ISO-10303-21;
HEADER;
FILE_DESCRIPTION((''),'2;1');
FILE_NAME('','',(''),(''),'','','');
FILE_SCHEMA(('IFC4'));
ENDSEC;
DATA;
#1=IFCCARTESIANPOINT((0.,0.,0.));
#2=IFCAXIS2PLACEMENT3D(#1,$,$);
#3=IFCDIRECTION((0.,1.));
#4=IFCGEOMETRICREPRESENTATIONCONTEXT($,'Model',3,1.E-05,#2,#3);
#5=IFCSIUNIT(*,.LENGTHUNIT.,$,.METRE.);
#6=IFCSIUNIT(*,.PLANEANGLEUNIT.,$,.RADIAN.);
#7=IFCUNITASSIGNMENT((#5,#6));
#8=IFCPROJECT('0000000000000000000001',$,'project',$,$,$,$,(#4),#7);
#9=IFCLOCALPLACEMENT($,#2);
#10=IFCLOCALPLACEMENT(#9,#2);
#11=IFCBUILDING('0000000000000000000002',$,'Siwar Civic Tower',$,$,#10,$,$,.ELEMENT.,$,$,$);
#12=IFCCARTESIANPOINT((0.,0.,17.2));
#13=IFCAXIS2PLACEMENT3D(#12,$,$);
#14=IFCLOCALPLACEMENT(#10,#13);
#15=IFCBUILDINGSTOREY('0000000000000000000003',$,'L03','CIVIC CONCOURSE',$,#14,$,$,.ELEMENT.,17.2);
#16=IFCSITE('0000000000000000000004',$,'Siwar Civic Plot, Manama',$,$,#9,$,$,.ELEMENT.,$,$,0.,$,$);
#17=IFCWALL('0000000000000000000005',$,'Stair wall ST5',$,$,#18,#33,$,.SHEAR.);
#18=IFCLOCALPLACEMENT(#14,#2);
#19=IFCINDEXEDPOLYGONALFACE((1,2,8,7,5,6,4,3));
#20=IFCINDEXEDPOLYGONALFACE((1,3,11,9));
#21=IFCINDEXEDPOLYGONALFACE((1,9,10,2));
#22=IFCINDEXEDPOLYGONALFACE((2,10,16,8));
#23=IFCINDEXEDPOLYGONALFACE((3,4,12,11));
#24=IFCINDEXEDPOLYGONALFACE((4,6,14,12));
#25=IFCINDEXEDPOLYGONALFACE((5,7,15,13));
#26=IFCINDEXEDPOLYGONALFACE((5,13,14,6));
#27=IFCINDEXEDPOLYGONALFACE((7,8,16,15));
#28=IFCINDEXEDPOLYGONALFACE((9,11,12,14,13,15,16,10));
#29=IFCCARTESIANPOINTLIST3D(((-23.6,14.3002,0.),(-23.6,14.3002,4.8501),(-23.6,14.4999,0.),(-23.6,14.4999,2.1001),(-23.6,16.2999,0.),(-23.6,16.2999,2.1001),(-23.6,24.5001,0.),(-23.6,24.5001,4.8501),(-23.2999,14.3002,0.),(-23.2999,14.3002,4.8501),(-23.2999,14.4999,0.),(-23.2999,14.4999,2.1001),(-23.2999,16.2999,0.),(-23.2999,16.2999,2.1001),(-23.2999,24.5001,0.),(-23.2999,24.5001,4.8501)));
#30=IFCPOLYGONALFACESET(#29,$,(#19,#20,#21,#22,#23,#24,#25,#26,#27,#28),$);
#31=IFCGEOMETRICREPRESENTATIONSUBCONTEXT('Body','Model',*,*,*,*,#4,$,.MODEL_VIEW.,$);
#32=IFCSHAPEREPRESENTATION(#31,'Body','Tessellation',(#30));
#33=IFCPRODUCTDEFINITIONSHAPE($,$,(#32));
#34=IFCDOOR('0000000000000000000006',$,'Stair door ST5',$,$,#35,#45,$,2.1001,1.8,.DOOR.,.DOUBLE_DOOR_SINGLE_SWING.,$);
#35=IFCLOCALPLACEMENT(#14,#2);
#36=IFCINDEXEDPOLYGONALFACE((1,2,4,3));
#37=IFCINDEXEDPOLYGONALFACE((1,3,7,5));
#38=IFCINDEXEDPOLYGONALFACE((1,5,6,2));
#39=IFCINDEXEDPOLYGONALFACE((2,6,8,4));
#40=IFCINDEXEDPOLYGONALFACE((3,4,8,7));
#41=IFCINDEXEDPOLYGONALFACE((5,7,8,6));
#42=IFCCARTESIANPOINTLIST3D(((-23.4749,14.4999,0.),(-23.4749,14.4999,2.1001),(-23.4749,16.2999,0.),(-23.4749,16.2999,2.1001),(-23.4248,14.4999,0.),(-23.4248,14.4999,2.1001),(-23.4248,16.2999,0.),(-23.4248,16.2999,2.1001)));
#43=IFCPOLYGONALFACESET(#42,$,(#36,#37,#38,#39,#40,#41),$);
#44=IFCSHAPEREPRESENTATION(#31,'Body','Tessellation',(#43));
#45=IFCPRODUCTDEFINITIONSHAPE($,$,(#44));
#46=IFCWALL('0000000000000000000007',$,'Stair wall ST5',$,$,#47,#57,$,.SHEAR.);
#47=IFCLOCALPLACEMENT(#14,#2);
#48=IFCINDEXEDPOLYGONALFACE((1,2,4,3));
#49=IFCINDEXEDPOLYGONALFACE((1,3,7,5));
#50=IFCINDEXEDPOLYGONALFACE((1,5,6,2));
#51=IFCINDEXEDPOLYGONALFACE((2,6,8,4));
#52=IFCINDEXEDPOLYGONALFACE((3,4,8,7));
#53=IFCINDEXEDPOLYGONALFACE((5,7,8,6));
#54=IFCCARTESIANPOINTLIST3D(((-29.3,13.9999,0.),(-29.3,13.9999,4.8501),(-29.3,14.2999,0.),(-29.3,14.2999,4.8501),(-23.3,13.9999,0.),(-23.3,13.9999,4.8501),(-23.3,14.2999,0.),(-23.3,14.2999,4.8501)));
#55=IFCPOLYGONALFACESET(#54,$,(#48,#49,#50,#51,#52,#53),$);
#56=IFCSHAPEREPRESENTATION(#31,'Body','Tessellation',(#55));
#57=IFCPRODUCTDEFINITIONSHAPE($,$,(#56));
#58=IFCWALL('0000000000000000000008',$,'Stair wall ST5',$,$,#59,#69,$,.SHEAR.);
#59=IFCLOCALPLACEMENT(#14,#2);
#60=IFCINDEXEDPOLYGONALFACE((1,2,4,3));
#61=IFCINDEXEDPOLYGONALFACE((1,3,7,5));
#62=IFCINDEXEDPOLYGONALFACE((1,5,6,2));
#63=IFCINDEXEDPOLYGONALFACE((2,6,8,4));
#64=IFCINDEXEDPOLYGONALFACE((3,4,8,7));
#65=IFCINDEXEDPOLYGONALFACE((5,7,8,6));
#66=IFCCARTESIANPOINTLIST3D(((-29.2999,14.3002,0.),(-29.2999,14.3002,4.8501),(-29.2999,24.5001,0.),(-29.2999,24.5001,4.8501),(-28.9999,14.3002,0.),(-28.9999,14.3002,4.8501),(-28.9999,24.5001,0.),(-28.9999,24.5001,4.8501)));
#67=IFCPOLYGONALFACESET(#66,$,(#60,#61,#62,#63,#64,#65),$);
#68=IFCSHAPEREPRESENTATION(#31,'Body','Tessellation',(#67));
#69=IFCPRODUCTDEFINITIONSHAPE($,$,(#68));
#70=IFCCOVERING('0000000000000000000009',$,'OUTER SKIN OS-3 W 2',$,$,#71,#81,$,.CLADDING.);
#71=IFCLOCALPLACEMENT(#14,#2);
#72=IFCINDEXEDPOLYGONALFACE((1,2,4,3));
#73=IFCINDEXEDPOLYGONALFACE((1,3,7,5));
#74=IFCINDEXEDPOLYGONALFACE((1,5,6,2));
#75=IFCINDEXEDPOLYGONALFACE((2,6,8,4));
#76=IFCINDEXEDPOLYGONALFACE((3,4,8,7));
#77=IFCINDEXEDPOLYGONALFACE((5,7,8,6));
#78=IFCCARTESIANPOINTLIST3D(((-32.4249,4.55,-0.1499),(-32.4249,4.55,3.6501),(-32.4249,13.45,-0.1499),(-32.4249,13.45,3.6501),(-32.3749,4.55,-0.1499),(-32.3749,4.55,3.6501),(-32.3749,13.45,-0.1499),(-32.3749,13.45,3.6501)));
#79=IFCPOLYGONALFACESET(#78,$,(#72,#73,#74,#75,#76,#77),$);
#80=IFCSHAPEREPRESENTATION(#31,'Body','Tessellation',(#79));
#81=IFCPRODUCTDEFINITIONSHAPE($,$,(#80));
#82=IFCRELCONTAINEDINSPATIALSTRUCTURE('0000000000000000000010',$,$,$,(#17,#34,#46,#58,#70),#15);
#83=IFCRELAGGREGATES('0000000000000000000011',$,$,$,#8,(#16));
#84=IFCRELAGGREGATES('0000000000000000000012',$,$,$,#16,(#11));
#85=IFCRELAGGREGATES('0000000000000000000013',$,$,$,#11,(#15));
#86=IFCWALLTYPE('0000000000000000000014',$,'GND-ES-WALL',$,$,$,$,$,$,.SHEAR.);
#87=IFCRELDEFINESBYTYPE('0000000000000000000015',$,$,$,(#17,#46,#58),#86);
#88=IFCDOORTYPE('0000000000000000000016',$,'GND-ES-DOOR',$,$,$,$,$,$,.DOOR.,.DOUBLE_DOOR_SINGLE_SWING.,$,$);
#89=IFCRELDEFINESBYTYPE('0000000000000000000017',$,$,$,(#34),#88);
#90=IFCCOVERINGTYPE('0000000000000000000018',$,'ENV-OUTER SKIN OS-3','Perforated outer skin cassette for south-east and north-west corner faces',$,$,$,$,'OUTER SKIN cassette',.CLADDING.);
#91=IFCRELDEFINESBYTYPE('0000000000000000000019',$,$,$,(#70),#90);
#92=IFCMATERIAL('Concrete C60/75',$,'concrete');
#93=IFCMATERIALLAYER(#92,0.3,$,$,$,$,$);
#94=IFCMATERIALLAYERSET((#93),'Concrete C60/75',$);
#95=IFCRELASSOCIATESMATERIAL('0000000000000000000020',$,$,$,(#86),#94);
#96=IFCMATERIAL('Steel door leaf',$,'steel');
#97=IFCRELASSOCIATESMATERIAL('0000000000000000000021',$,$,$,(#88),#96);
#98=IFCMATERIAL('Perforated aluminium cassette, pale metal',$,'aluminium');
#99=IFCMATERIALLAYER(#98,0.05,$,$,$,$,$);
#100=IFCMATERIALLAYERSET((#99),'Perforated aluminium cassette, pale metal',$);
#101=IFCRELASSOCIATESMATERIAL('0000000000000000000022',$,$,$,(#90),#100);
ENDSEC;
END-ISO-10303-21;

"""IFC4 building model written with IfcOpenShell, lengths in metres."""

from ifc_helpers import new_model, si_unit, direction, frame, frame_2d, origin, origin_2d, place, context, subcontext, project, spatial, rectangle, extrude, material, layer, layer_set, type_object, element, fill, save


model = new_model("IFC4")

# Units and contexts
model_context = context("Model", 3, precision=1e-05, world=origin(), true_north=direction((0.0, 1.0)))
body_context = subcontext(model_context, "Body", "Model", "MODEL_VIEW")
ifc_project = project(units=[si_unit("LENGTHUNIT", "METRE"), si_unit("PLANEANGLEUNIT", "RADIAN")], contexts=[model_context])

# Site, building, storey
site_placement = place(None, origin())
site = spatial("IfcSite", under=ifc_project, at=site_placement, Name="Siwar Civic Plot, Manama", CompositionType="ELEMENT", RefElevation=0.0)
building_placement = place(site_placement, origin())
building = spatial("IfcBuilding", under=site, at=building_placement, Name="Siwar Civic Tower", CompositionType="ELEMENT")
storey_placement = place(building_placement, frame((0.0, 0.0, 17.2)))
storey = spatial("IfcBuildingStorey", under=building, at=storey_placement, Name="L03", Description="CIVIC CONCOURSE", CompositionType="ELEMENT", Elevation=17.2)

# Wall, opening, door
ifc_material_1 = material(Name="Concrete C60/75", Category="concrete")
ifc_layer_1 = layer(ifc_material_1, 0.3)
ifc_layer_set_1 = layer_set([ifc_layer_1], Name="Concrete C60/75")
wall_type_1 = type_object("IfcWallType", Name="GND-ES-WALL", PredefinedType="SHEAR", material=ifc_layer_set_1)
wall_1_placement = place(storey_placement, frame((-23.45, 14.3, 0.0), z_axis=(0.0, 0.0, 1.0), x_axis=(0.0, 1.0, 0.0)))
wall_1 = element("IfcWall", 1, at=wall_1_placement, inside=storey, type_object=wall_type_1, Name="Stair wall ST5", PredefinedType="SHEAR", context=body_context, shape_type="SweptSolid", body=[
    extrude(rectangle(XDim=10.2, YDim=0.3, at=frame_2d((5.1001, 0.0))), origin(), (0.0, 0.0, 1.0), 4.8501),
])
opening_1_placement = place(wall_1_placement, frame((0.2, 0.0, 0.0)))
opening_1 = element("IfcOpeningElement", 2, at=opening_1_placement, cuts=wall_1, PredefinedType="OPENING", context=body_context, shape_type="SweptSolid", body=[
    extrude(rectangle(XDim=1.8, YDim=2.1001, at=frame_2d((0.8999, 1.05))), frame((0.0, 0.1602, 0.0), z_axis=(0.0, -1.0, 0.0), x_axis=(1.0, 0.0, 0.0)), (0.0, 0.0, 1.0), 0.3201),
])
ifc_material_2 = material(Name="Steel door leaf", Category="steel")
door_type_1 = type_object("IfcDoorType", Name="GND-ES-DOOR", OperationType="DOUBLE_DOOR_SINGLE_SWING", PredefinedType="DOOR", material=ifc_material_2)
door_1_placement = place(opening_1_placement, origin())
door_1 = element("IfcDoor", 3, at=door_1_placement, inside=storey, type_object=door_type_1, Name="Stair door ST5", OperationType="DOUBLE_DOOR_SINGLE_SWING", OverallHeight=2.1001, OverallWidth=1.8, PredefinedType="DOOR", context=body_context, shape_type="SweptSolid", body=[
    extrude(rectangle(XDim=1.8, YDim=2.1001, at=frame_2d((0.8999, 1.05))), frame((0.0, 0.0249, 0.0), z_axis=(0.0, -1.0, 0.0), x_axis=(1.0, 0.0, 0.0)), (0.0, 0.0, 1.0), 0.05),
])
fill(opening_1, door_1)

# Walls
wall_2_placement = place(storey_placement, frame((-29.3, 14.1499, 0.0), z_axis=(0.0, 0.0, 1.0), x_axis=(1.0, 0.0, 0.0)))
element("IfcWall", 4, at=wall_2_placement, inside=storey, type_object=wall_type_1, Name="Stair wall ST5", PredefinedType="SHEAR", context=body_context, shape_type="SweptSolid", body=[
    extrude(rectangle(XDim=6.0, YDim=0.3, at=frame_2d((3.0, 0.0))), origin(), (0.0, 0.0, 1.0), 4.8501),
])
wall_3_placement = place(storey_placement, frame((-29.1499, 14.3, 0.0), z_axis=(0.0, 0.0, 1.0), x_axis=(0.0, 1.0, 0.0)))
element("IfcWall", 5, at=wall_3_placement, inside=storey, type_object=wall_type_1, Name="Stair wall ST5", PredefinedType="SHEAR", context=body_context, shape_type="SweptSolid", body=[
    extrude(rectangle(XDim=10.2, YDim=0.3, at=frame_2d((5.1001, 0.0))), origin(), (0.0, 0.0, 1.0), 4.8501),
])

# Covering
ifc_material_3 = material(Name="Perforated aluminium cassette, pale metal", Category="aluminium")
ifc_layer_2 = layer(ifc_material_3, 0.05)
ifc_layer_set_2 = layer_set([ifc_layer_2], Name="Perforated aluminium cassette, pale metal")
covering_type = type_object("IfcCoveringType", Name="ENV-OUTER SKIN OS-3", Description="Perforated outer skin cassette for south-east and north-west corner faces", ElementType="OUTER SKIN cassette", PredefinedType="CLADDING", material=ifc_layer_set_2)
covering_placement = place(storey_placement, frame((-32.3999, 9.0, -0.1499), z_axis=(0.0, 0.0, 1.0), x_axis=(0.0, -1.0, 0.0)))
element("IfcCovering", 6, at=covering_placement, inside=storey, type_object=covering_type, Name="OUTER SKIN OS-3 W 2", PredefinedType="CLADDING", context=body_context, shape_type="SweptSolid", body=[
    extrude(rectangle(XDim=8.8999, YDim=0.05, at=origin_2d()), origin(), (0.0, 0.0, 1.0), 3.8),
])

save(model, "model.ifc")
